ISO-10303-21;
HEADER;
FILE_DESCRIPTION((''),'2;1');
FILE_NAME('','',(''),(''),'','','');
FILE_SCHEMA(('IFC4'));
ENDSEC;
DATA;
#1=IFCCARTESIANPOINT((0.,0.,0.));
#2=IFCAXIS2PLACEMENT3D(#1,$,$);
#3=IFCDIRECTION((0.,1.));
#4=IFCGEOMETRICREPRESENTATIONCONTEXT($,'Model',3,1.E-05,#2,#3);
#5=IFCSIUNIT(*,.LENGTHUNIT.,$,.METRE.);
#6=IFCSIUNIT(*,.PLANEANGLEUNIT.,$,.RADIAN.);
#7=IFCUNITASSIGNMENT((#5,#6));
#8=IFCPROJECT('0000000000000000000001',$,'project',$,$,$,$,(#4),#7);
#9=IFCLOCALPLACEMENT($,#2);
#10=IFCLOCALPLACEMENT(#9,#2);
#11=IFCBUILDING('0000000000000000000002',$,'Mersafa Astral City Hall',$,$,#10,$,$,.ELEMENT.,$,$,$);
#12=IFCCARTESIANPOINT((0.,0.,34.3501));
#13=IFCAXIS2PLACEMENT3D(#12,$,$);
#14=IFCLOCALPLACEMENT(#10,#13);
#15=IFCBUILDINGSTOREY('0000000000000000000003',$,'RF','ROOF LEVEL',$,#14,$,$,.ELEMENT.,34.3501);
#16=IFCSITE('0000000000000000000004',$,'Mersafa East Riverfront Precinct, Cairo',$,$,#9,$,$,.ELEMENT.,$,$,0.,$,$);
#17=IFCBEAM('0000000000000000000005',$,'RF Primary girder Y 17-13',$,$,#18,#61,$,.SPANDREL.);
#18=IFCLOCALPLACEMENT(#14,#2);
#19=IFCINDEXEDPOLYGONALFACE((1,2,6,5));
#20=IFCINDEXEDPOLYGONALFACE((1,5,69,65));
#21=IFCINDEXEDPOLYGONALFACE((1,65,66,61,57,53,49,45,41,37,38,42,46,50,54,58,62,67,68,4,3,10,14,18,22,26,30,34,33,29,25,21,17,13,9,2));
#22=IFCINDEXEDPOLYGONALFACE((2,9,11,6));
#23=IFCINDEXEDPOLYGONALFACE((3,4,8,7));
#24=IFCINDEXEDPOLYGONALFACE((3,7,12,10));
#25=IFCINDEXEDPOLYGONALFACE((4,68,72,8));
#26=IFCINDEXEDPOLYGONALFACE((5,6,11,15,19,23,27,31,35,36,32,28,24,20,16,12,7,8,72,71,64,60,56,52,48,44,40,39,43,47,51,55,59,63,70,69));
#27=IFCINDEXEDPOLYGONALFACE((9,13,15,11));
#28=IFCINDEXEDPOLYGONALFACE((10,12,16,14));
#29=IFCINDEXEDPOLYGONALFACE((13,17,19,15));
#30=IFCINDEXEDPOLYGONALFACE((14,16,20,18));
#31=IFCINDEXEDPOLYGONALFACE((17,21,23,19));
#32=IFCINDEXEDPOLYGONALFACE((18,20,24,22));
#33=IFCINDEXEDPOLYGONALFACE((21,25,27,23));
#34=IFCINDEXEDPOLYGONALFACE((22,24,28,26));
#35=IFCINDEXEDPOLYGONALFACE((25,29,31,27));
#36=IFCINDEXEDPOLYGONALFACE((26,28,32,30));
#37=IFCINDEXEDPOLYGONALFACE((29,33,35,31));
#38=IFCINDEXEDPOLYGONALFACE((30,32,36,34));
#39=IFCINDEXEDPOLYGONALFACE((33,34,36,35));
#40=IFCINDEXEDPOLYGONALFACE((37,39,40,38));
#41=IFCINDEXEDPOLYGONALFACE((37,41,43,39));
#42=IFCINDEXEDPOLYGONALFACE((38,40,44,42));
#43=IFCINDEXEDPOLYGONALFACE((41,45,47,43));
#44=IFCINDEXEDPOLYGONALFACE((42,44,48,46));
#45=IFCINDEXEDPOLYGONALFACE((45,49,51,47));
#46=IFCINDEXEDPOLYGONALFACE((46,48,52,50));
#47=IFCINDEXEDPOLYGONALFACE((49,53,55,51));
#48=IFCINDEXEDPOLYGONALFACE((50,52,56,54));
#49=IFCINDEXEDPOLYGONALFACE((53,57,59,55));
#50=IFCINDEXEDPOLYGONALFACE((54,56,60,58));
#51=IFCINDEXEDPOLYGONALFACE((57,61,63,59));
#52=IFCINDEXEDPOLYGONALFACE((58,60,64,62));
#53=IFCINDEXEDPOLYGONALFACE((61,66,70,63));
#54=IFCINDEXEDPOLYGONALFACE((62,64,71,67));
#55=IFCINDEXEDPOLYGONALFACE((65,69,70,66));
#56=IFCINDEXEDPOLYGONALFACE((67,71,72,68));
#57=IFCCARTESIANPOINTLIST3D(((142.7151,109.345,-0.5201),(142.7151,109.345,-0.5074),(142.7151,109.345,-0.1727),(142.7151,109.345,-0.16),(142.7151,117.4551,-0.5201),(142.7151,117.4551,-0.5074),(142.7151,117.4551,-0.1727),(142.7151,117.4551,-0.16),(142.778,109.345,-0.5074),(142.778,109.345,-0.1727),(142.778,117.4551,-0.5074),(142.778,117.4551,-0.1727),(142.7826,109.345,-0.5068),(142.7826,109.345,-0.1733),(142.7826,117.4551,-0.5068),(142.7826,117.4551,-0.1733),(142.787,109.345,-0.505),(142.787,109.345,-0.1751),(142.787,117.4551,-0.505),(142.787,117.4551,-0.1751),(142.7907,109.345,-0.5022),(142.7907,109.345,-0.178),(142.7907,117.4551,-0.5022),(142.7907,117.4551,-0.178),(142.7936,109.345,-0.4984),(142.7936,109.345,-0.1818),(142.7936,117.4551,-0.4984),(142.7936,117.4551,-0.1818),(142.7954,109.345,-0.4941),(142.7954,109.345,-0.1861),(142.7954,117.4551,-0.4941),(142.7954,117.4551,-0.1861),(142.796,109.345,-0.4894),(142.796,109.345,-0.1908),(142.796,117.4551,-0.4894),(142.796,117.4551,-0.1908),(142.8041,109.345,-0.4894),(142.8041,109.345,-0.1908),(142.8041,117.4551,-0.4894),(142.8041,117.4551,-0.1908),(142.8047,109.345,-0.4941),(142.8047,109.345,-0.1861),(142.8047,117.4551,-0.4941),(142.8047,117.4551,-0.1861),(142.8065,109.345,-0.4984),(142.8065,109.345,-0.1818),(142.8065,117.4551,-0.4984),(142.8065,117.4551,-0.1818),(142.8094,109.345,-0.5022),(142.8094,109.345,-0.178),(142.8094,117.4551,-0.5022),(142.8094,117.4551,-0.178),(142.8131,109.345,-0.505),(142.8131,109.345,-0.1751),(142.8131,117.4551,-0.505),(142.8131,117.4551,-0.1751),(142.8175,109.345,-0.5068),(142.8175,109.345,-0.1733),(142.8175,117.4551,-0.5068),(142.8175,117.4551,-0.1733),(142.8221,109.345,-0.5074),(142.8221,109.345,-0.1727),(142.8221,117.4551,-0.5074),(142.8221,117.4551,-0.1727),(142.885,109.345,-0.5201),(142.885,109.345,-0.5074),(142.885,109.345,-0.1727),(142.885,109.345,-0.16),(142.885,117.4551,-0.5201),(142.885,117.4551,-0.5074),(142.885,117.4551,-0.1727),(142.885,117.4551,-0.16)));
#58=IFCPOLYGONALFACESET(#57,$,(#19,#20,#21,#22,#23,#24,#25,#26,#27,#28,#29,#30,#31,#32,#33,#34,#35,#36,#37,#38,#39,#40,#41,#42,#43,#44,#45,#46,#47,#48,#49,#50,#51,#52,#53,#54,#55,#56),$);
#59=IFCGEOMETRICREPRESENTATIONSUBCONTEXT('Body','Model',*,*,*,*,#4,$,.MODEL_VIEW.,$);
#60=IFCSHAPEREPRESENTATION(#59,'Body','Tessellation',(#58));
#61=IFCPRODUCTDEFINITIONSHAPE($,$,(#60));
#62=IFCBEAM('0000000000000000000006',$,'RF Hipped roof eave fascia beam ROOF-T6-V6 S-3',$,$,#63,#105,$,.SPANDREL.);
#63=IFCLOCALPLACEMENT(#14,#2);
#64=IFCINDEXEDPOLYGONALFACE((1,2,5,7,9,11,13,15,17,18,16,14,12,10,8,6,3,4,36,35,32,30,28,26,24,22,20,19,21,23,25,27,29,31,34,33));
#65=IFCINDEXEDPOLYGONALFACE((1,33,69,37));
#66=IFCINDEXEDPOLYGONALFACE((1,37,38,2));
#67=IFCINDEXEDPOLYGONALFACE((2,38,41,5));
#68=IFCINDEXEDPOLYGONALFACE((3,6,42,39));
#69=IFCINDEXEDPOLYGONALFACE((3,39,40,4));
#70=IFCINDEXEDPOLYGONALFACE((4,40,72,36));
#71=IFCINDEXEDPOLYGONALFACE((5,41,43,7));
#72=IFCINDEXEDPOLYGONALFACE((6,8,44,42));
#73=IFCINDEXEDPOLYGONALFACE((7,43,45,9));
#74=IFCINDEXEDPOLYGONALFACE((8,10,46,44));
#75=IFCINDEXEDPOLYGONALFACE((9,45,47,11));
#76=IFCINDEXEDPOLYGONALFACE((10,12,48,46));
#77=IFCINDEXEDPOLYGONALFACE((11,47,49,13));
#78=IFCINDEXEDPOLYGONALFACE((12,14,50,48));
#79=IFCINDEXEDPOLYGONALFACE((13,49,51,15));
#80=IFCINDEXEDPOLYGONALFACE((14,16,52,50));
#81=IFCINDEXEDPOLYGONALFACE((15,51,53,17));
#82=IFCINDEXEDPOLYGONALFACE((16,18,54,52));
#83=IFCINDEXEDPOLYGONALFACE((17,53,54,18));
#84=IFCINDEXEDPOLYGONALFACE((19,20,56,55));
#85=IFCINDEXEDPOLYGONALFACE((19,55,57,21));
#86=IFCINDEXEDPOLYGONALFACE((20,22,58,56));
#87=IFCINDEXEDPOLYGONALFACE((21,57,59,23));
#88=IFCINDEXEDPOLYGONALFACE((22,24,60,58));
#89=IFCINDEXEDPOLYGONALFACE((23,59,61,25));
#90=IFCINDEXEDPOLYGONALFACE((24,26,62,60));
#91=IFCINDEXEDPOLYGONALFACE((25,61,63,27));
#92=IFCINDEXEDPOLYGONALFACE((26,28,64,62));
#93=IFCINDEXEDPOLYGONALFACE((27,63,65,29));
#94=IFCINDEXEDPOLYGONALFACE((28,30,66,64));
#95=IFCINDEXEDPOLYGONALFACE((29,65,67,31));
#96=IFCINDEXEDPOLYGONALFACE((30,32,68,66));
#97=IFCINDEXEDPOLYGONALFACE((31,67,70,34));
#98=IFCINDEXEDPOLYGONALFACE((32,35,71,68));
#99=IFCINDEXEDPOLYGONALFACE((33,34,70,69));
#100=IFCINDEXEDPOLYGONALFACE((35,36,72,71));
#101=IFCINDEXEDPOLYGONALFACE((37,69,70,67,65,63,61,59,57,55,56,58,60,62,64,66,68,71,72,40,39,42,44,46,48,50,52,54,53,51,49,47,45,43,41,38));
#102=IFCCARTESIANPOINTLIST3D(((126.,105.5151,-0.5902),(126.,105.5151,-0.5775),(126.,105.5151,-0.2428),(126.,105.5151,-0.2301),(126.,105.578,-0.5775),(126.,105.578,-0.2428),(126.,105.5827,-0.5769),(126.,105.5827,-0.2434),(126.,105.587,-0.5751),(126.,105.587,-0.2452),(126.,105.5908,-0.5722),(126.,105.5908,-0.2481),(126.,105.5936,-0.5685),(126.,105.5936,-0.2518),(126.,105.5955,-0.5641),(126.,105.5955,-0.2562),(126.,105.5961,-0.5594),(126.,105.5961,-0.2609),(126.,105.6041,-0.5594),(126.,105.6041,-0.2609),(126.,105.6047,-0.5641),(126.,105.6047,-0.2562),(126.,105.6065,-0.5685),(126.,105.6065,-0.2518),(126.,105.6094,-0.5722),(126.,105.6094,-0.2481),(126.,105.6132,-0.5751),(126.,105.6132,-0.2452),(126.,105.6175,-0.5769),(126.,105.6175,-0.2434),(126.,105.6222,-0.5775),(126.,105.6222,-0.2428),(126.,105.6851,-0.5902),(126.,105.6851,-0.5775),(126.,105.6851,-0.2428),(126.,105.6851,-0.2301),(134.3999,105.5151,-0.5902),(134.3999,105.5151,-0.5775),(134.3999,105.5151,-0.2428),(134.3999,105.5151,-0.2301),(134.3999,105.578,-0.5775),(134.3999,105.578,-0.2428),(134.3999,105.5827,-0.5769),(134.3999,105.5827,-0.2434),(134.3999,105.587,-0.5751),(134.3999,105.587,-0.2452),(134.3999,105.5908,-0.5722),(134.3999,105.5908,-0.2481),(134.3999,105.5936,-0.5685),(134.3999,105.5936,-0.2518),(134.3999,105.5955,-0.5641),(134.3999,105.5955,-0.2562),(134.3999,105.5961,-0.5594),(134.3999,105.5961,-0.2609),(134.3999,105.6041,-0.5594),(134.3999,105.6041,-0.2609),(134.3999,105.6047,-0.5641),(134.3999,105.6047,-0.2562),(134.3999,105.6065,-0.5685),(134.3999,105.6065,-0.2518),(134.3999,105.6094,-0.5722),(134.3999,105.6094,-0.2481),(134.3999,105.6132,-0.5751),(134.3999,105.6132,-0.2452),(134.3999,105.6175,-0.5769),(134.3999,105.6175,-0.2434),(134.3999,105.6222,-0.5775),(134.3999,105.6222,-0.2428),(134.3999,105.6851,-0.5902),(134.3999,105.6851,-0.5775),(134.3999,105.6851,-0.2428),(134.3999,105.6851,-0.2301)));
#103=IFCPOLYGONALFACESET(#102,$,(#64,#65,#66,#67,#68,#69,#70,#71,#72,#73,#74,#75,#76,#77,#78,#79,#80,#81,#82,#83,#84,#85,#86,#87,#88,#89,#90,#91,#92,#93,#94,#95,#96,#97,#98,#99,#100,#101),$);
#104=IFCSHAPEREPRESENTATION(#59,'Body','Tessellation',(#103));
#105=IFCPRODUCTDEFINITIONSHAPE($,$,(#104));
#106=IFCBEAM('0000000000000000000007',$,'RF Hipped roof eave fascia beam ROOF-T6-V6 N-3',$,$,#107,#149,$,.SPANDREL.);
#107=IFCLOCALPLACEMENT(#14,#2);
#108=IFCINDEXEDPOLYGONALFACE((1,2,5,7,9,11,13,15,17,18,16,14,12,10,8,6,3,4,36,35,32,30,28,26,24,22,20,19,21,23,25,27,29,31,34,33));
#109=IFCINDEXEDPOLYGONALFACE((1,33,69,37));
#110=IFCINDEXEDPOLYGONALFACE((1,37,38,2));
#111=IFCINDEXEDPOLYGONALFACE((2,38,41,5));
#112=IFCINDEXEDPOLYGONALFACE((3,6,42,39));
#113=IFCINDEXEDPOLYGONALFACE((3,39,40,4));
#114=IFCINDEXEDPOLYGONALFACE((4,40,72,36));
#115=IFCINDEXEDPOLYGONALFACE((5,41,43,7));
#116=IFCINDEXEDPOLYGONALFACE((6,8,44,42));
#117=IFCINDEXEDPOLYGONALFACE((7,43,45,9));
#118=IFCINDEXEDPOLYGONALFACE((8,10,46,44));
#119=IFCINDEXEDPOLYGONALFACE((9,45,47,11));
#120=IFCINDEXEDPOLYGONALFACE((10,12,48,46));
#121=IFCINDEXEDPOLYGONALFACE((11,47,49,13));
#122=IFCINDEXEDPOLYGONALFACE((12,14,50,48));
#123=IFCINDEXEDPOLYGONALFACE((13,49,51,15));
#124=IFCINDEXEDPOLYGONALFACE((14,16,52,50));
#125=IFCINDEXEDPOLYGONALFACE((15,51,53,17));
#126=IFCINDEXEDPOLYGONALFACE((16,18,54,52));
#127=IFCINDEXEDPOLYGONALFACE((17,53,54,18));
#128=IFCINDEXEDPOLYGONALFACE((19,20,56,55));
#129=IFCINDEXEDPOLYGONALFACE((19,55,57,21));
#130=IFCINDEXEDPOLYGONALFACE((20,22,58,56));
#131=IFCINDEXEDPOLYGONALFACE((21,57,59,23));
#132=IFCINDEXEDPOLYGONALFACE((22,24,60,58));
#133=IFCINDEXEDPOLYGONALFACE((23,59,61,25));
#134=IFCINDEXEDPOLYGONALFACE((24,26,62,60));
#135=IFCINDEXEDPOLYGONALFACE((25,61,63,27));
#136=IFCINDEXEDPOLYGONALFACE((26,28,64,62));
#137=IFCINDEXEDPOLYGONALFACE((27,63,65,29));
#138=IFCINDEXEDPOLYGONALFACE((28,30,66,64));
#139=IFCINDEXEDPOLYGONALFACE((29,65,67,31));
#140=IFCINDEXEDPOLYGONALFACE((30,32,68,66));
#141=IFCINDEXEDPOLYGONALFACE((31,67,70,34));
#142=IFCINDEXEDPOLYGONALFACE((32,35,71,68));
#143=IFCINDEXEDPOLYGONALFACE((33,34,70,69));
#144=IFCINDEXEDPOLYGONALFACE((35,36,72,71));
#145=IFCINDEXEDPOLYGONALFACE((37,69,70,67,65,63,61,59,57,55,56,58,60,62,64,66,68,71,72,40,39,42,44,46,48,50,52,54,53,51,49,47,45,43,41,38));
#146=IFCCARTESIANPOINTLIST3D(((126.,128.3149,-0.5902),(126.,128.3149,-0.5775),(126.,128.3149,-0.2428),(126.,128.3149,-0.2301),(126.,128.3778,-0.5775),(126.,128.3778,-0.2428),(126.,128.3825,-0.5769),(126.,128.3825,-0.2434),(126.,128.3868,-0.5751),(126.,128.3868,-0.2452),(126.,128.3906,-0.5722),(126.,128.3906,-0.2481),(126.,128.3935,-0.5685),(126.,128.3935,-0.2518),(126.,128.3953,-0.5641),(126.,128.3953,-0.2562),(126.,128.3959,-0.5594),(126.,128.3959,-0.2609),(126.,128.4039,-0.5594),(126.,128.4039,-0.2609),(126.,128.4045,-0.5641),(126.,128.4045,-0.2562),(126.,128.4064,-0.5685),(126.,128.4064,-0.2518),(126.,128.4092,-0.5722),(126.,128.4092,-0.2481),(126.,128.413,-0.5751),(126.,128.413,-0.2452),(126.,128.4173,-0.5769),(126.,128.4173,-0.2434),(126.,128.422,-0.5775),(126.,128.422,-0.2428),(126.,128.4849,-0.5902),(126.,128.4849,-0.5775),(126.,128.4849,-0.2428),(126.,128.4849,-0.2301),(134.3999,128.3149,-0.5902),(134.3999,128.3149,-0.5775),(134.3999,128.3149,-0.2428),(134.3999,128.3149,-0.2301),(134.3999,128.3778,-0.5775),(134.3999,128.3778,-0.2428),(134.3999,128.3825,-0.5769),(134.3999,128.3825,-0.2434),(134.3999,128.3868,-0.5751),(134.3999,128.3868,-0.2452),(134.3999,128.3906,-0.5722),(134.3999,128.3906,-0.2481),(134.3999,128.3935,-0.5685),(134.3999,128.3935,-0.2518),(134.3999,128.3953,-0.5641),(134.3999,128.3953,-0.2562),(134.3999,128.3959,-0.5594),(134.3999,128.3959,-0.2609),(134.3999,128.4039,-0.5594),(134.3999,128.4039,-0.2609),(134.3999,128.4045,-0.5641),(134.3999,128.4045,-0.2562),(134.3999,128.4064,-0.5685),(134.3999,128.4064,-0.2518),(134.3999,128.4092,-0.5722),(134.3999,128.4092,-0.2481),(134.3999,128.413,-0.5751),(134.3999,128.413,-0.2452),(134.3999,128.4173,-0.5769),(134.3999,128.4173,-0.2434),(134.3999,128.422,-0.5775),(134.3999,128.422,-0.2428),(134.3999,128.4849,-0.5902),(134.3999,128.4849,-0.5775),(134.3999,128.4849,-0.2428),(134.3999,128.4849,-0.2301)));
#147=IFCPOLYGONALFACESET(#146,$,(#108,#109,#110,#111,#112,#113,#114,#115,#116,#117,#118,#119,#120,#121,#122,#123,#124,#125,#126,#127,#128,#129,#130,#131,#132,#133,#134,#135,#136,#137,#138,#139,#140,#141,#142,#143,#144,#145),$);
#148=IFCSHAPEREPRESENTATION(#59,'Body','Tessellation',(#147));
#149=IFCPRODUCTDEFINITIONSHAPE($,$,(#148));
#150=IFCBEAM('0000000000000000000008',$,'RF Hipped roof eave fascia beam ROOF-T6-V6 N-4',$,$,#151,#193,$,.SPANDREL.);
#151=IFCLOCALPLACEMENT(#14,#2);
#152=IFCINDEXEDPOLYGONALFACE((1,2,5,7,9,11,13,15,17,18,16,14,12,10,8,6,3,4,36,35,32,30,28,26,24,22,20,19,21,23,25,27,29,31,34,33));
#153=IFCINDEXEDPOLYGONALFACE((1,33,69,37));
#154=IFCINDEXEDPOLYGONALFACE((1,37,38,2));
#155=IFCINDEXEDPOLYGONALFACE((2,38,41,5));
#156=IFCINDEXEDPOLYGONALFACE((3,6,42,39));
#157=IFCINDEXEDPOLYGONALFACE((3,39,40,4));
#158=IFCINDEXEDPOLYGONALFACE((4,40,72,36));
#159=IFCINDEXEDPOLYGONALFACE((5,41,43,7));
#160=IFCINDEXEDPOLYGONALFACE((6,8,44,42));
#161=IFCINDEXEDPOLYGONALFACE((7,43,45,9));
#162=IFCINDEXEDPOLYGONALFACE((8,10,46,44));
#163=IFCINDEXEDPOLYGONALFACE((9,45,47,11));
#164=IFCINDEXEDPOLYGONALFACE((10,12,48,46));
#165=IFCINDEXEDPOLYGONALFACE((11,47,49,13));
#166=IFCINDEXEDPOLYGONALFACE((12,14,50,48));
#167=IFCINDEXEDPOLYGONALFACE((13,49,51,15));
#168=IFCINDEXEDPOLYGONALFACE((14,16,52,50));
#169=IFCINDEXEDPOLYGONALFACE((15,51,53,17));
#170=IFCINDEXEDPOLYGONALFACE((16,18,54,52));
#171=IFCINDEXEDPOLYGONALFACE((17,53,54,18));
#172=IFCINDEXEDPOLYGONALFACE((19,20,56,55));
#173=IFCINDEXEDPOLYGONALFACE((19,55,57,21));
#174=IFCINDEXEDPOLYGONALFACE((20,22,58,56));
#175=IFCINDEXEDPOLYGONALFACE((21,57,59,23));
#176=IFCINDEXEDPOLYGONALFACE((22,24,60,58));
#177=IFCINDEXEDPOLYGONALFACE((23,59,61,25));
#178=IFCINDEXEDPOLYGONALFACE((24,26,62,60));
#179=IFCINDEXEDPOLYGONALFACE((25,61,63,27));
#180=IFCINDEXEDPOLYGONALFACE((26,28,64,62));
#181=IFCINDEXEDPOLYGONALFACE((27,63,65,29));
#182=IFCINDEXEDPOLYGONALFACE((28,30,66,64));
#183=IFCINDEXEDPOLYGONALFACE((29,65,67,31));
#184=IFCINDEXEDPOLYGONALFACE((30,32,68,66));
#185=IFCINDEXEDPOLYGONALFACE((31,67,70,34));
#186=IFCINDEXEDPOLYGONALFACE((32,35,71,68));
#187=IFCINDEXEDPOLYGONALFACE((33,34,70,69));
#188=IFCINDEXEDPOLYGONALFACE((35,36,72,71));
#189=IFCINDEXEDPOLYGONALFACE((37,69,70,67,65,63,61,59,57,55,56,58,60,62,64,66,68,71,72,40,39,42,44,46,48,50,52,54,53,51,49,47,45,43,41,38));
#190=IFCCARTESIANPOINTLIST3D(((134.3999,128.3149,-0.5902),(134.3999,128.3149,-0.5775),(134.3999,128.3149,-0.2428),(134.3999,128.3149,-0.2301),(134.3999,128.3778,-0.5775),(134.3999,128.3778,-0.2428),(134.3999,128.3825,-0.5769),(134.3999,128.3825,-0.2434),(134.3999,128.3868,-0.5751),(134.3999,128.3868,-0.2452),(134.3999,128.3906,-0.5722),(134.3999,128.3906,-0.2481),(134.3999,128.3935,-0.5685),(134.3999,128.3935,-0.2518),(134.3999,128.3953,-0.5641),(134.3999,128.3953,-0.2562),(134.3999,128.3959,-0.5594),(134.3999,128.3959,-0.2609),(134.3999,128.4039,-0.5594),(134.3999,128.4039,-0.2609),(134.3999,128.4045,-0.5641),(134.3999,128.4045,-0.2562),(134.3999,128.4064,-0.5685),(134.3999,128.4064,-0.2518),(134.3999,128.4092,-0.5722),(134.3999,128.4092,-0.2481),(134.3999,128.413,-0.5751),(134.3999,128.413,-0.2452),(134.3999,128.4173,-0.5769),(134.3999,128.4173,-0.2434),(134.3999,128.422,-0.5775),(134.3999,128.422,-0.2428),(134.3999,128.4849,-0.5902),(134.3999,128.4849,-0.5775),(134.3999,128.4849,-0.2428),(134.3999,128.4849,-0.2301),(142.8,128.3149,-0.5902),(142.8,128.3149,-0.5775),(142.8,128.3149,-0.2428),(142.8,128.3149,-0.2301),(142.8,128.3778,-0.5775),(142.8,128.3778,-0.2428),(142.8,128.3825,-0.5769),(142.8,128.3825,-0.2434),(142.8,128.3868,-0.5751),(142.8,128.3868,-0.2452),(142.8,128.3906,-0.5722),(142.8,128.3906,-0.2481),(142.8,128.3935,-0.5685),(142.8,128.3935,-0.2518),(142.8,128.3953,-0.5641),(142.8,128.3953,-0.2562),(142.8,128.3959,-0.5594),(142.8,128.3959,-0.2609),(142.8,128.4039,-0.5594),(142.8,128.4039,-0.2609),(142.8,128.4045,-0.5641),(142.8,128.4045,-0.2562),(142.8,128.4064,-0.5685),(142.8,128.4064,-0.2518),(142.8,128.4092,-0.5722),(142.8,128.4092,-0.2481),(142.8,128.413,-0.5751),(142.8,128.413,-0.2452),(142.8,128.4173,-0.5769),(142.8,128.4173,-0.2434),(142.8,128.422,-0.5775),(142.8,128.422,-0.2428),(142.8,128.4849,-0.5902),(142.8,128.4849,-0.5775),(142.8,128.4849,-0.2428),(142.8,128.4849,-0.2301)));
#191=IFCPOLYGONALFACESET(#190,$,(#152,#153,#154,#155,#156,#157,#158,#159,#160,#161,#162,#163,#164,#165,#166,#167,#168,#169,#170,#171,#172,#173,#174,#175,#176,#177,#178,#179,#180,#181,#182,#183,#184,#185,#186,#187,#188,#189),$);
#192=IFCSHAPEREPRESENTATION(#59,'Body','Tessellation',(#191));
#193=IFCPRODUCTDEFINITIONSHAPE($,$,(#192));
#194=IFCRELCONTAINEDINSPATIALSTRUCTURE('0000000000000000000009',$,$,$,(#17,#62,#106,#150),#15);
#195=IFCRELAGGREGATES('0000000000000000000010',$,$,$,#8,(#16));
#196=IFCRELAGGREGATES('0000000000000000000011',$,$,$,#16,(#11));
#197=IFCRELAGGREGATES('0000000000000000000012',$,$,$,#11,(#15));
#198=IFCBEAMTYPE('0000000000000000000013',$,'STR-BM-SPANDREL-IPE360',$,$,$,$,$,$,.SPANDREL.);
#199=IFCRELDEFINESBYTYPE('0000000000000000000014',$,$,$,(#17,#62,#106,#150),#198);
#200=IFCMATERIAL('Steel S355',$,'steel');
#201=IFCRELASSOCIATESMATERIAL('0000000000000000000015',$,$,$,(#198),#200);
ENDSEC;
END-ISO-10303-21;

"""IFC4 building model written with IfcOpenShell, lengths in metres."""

from ifc_helpers import new_model, si_unit, direction, frame, origin, origin_2d, place, context, subcontext, project, spatial, i_section, extrude, material, material_profile, profile_set, type_object, element, save


model = new_model("IFC4")

# Units and contexts
model_context = context("Model", 3, precision=1e-05, world=origin(), true_north=direction((0.0, 1.0)))
body_context = subcontext(model_context, "Body", "Model", "MODEL_VIEW")
ifc_project = project(units=[si_unit("LENGTHUNIT", "METRE"), si_unit("PLANEANGLEUNIT", "RADIAN")], contexts=[model_context])

# Site, building, storey
site_placement = place(None, origin())
site = spatial("IfcSite", under=ifc_project, at=site_placement, Name="Mersafa East Riverfront Precinct, Cairo", CompositionType="ELEMENT", RefElevation=0.0)
building_placement = place(site_placement, origin())
building = spatial("IfcBuilding", under=site, at=building_placement, Name="Mersafa Astral City Hall", CompositionType="ELEMENT")
storey_placement = place(building_placement, frame((0.0, 0.0, 34.3501)))
storey = spatial("IfcBuildingStorey", under=building, at=storey_placement, Name="RF", Description="ROOF LEVEL", CompositionType="ELEMENT", Elevation=34.3501)

# Shared definitions
ifc_material = material(Name="Steel S355", Category="steel")

# Beams
ifc_material_profile_1 = material_profile(ifc_material, i_section(OverallWidth=0.1699, OverallDepth=0.3601, WebThickness=0.0081, FlangeThickness=0.0127, FilletRadius=0.0181, at=origin_2d()), Name="IPE 360")
ifc_profile_set_1 = profile_set([ifc_material_profile_1], Name="Steel S355")
beam_type_1 = type_object("IfcBeamType", Name="STR-BM-SPANDREL-IPE360", PredefinedType="SPANDREL", material=ifc_profile_set_1)
beam_1_placement = place(storey_placement, frame((142.8, 109.345, -0.3401), z_axis=(0.0, 1.0, 0.0), x_axis=(-1.0, 0.0, 0.0)))
element("IfcBeam", 1, at=beam_1_placement, inside=storey, type_object=beam_type_1, Name="RF Primary girder Y 17-13", PredefinedType="SPANDREL", context=body_context, shape_type="SweptSolid", body=[
    extrude(i_section(OverallWidth=0.1699, OverallDepth=0.3601, WebThickness=0.0081, FlangeThickness=0.0127, FilletRadius=0.0181, at=origin_2d()), origin(), (0.0, 0.0, 1.0), 8.1101),
])
for number, where, z_axis, x_axis, name in (
    (2, (126.0, 105.6001, -0.4102), (1.0, 0.0, 0.0), (0.0, 1.0, 0.0), "RF Hipped roof eave fascia beam ROOF-T6-V6 S-3"),
    (3, (126.0, 128.3999, -0.4102), (1.0, 0.0, 0.0), (0.0, 1.0, 0.0), "RF Hipped roof eave fascia beam ROOF-T6-V6 N-3"),
):
    element("IfcBeam", number, at=place(storey_placement, frame(where, z_axis=z_axis, x_axis=x_axis)), inside=storey, type_object=beam_type_1, Name=name, PredefinedType="SPANDREL", context=body_context, shape_type="SweptSolid", body=[
        extrude(i_section(OverallWidth=0.1699, OverallDepth=0.3601, WebThickness=0.0081, FlangeThickness=0.0127, FilletRadius=0.0181, at=origin_2d()), origin(), (0.0, 0.0, 1.0), 8.3999),
    ])
beam_2_placement = place(storey_placement, frame((134.3999, 128.3999, -0.4102), z_axis=(1.0, 0.0, 0.0), x_axis=(0.0, 1.0, 0.0)))
element("IfcBeam", 4, at=beam_2_placement, inside=storey, type_object=beam_type_1, Name="RF Hipped roof eave fascia beam ROOF-T6-V6 N-4", PredefinedType="SPANDREL", context=body_context, shape_type="SweptSolid", body=[
    extrude(i_section(OverallWidth=0.1699, OverallDepth=0.3601, WebThickness=0.0081, FlangeThickness=0.0127, FilletRadius=0.0181, at=origin_2d()), origin(), (0.0, 0.0, 1.0), 8.4001),
])

save(model, "model.ifc")
